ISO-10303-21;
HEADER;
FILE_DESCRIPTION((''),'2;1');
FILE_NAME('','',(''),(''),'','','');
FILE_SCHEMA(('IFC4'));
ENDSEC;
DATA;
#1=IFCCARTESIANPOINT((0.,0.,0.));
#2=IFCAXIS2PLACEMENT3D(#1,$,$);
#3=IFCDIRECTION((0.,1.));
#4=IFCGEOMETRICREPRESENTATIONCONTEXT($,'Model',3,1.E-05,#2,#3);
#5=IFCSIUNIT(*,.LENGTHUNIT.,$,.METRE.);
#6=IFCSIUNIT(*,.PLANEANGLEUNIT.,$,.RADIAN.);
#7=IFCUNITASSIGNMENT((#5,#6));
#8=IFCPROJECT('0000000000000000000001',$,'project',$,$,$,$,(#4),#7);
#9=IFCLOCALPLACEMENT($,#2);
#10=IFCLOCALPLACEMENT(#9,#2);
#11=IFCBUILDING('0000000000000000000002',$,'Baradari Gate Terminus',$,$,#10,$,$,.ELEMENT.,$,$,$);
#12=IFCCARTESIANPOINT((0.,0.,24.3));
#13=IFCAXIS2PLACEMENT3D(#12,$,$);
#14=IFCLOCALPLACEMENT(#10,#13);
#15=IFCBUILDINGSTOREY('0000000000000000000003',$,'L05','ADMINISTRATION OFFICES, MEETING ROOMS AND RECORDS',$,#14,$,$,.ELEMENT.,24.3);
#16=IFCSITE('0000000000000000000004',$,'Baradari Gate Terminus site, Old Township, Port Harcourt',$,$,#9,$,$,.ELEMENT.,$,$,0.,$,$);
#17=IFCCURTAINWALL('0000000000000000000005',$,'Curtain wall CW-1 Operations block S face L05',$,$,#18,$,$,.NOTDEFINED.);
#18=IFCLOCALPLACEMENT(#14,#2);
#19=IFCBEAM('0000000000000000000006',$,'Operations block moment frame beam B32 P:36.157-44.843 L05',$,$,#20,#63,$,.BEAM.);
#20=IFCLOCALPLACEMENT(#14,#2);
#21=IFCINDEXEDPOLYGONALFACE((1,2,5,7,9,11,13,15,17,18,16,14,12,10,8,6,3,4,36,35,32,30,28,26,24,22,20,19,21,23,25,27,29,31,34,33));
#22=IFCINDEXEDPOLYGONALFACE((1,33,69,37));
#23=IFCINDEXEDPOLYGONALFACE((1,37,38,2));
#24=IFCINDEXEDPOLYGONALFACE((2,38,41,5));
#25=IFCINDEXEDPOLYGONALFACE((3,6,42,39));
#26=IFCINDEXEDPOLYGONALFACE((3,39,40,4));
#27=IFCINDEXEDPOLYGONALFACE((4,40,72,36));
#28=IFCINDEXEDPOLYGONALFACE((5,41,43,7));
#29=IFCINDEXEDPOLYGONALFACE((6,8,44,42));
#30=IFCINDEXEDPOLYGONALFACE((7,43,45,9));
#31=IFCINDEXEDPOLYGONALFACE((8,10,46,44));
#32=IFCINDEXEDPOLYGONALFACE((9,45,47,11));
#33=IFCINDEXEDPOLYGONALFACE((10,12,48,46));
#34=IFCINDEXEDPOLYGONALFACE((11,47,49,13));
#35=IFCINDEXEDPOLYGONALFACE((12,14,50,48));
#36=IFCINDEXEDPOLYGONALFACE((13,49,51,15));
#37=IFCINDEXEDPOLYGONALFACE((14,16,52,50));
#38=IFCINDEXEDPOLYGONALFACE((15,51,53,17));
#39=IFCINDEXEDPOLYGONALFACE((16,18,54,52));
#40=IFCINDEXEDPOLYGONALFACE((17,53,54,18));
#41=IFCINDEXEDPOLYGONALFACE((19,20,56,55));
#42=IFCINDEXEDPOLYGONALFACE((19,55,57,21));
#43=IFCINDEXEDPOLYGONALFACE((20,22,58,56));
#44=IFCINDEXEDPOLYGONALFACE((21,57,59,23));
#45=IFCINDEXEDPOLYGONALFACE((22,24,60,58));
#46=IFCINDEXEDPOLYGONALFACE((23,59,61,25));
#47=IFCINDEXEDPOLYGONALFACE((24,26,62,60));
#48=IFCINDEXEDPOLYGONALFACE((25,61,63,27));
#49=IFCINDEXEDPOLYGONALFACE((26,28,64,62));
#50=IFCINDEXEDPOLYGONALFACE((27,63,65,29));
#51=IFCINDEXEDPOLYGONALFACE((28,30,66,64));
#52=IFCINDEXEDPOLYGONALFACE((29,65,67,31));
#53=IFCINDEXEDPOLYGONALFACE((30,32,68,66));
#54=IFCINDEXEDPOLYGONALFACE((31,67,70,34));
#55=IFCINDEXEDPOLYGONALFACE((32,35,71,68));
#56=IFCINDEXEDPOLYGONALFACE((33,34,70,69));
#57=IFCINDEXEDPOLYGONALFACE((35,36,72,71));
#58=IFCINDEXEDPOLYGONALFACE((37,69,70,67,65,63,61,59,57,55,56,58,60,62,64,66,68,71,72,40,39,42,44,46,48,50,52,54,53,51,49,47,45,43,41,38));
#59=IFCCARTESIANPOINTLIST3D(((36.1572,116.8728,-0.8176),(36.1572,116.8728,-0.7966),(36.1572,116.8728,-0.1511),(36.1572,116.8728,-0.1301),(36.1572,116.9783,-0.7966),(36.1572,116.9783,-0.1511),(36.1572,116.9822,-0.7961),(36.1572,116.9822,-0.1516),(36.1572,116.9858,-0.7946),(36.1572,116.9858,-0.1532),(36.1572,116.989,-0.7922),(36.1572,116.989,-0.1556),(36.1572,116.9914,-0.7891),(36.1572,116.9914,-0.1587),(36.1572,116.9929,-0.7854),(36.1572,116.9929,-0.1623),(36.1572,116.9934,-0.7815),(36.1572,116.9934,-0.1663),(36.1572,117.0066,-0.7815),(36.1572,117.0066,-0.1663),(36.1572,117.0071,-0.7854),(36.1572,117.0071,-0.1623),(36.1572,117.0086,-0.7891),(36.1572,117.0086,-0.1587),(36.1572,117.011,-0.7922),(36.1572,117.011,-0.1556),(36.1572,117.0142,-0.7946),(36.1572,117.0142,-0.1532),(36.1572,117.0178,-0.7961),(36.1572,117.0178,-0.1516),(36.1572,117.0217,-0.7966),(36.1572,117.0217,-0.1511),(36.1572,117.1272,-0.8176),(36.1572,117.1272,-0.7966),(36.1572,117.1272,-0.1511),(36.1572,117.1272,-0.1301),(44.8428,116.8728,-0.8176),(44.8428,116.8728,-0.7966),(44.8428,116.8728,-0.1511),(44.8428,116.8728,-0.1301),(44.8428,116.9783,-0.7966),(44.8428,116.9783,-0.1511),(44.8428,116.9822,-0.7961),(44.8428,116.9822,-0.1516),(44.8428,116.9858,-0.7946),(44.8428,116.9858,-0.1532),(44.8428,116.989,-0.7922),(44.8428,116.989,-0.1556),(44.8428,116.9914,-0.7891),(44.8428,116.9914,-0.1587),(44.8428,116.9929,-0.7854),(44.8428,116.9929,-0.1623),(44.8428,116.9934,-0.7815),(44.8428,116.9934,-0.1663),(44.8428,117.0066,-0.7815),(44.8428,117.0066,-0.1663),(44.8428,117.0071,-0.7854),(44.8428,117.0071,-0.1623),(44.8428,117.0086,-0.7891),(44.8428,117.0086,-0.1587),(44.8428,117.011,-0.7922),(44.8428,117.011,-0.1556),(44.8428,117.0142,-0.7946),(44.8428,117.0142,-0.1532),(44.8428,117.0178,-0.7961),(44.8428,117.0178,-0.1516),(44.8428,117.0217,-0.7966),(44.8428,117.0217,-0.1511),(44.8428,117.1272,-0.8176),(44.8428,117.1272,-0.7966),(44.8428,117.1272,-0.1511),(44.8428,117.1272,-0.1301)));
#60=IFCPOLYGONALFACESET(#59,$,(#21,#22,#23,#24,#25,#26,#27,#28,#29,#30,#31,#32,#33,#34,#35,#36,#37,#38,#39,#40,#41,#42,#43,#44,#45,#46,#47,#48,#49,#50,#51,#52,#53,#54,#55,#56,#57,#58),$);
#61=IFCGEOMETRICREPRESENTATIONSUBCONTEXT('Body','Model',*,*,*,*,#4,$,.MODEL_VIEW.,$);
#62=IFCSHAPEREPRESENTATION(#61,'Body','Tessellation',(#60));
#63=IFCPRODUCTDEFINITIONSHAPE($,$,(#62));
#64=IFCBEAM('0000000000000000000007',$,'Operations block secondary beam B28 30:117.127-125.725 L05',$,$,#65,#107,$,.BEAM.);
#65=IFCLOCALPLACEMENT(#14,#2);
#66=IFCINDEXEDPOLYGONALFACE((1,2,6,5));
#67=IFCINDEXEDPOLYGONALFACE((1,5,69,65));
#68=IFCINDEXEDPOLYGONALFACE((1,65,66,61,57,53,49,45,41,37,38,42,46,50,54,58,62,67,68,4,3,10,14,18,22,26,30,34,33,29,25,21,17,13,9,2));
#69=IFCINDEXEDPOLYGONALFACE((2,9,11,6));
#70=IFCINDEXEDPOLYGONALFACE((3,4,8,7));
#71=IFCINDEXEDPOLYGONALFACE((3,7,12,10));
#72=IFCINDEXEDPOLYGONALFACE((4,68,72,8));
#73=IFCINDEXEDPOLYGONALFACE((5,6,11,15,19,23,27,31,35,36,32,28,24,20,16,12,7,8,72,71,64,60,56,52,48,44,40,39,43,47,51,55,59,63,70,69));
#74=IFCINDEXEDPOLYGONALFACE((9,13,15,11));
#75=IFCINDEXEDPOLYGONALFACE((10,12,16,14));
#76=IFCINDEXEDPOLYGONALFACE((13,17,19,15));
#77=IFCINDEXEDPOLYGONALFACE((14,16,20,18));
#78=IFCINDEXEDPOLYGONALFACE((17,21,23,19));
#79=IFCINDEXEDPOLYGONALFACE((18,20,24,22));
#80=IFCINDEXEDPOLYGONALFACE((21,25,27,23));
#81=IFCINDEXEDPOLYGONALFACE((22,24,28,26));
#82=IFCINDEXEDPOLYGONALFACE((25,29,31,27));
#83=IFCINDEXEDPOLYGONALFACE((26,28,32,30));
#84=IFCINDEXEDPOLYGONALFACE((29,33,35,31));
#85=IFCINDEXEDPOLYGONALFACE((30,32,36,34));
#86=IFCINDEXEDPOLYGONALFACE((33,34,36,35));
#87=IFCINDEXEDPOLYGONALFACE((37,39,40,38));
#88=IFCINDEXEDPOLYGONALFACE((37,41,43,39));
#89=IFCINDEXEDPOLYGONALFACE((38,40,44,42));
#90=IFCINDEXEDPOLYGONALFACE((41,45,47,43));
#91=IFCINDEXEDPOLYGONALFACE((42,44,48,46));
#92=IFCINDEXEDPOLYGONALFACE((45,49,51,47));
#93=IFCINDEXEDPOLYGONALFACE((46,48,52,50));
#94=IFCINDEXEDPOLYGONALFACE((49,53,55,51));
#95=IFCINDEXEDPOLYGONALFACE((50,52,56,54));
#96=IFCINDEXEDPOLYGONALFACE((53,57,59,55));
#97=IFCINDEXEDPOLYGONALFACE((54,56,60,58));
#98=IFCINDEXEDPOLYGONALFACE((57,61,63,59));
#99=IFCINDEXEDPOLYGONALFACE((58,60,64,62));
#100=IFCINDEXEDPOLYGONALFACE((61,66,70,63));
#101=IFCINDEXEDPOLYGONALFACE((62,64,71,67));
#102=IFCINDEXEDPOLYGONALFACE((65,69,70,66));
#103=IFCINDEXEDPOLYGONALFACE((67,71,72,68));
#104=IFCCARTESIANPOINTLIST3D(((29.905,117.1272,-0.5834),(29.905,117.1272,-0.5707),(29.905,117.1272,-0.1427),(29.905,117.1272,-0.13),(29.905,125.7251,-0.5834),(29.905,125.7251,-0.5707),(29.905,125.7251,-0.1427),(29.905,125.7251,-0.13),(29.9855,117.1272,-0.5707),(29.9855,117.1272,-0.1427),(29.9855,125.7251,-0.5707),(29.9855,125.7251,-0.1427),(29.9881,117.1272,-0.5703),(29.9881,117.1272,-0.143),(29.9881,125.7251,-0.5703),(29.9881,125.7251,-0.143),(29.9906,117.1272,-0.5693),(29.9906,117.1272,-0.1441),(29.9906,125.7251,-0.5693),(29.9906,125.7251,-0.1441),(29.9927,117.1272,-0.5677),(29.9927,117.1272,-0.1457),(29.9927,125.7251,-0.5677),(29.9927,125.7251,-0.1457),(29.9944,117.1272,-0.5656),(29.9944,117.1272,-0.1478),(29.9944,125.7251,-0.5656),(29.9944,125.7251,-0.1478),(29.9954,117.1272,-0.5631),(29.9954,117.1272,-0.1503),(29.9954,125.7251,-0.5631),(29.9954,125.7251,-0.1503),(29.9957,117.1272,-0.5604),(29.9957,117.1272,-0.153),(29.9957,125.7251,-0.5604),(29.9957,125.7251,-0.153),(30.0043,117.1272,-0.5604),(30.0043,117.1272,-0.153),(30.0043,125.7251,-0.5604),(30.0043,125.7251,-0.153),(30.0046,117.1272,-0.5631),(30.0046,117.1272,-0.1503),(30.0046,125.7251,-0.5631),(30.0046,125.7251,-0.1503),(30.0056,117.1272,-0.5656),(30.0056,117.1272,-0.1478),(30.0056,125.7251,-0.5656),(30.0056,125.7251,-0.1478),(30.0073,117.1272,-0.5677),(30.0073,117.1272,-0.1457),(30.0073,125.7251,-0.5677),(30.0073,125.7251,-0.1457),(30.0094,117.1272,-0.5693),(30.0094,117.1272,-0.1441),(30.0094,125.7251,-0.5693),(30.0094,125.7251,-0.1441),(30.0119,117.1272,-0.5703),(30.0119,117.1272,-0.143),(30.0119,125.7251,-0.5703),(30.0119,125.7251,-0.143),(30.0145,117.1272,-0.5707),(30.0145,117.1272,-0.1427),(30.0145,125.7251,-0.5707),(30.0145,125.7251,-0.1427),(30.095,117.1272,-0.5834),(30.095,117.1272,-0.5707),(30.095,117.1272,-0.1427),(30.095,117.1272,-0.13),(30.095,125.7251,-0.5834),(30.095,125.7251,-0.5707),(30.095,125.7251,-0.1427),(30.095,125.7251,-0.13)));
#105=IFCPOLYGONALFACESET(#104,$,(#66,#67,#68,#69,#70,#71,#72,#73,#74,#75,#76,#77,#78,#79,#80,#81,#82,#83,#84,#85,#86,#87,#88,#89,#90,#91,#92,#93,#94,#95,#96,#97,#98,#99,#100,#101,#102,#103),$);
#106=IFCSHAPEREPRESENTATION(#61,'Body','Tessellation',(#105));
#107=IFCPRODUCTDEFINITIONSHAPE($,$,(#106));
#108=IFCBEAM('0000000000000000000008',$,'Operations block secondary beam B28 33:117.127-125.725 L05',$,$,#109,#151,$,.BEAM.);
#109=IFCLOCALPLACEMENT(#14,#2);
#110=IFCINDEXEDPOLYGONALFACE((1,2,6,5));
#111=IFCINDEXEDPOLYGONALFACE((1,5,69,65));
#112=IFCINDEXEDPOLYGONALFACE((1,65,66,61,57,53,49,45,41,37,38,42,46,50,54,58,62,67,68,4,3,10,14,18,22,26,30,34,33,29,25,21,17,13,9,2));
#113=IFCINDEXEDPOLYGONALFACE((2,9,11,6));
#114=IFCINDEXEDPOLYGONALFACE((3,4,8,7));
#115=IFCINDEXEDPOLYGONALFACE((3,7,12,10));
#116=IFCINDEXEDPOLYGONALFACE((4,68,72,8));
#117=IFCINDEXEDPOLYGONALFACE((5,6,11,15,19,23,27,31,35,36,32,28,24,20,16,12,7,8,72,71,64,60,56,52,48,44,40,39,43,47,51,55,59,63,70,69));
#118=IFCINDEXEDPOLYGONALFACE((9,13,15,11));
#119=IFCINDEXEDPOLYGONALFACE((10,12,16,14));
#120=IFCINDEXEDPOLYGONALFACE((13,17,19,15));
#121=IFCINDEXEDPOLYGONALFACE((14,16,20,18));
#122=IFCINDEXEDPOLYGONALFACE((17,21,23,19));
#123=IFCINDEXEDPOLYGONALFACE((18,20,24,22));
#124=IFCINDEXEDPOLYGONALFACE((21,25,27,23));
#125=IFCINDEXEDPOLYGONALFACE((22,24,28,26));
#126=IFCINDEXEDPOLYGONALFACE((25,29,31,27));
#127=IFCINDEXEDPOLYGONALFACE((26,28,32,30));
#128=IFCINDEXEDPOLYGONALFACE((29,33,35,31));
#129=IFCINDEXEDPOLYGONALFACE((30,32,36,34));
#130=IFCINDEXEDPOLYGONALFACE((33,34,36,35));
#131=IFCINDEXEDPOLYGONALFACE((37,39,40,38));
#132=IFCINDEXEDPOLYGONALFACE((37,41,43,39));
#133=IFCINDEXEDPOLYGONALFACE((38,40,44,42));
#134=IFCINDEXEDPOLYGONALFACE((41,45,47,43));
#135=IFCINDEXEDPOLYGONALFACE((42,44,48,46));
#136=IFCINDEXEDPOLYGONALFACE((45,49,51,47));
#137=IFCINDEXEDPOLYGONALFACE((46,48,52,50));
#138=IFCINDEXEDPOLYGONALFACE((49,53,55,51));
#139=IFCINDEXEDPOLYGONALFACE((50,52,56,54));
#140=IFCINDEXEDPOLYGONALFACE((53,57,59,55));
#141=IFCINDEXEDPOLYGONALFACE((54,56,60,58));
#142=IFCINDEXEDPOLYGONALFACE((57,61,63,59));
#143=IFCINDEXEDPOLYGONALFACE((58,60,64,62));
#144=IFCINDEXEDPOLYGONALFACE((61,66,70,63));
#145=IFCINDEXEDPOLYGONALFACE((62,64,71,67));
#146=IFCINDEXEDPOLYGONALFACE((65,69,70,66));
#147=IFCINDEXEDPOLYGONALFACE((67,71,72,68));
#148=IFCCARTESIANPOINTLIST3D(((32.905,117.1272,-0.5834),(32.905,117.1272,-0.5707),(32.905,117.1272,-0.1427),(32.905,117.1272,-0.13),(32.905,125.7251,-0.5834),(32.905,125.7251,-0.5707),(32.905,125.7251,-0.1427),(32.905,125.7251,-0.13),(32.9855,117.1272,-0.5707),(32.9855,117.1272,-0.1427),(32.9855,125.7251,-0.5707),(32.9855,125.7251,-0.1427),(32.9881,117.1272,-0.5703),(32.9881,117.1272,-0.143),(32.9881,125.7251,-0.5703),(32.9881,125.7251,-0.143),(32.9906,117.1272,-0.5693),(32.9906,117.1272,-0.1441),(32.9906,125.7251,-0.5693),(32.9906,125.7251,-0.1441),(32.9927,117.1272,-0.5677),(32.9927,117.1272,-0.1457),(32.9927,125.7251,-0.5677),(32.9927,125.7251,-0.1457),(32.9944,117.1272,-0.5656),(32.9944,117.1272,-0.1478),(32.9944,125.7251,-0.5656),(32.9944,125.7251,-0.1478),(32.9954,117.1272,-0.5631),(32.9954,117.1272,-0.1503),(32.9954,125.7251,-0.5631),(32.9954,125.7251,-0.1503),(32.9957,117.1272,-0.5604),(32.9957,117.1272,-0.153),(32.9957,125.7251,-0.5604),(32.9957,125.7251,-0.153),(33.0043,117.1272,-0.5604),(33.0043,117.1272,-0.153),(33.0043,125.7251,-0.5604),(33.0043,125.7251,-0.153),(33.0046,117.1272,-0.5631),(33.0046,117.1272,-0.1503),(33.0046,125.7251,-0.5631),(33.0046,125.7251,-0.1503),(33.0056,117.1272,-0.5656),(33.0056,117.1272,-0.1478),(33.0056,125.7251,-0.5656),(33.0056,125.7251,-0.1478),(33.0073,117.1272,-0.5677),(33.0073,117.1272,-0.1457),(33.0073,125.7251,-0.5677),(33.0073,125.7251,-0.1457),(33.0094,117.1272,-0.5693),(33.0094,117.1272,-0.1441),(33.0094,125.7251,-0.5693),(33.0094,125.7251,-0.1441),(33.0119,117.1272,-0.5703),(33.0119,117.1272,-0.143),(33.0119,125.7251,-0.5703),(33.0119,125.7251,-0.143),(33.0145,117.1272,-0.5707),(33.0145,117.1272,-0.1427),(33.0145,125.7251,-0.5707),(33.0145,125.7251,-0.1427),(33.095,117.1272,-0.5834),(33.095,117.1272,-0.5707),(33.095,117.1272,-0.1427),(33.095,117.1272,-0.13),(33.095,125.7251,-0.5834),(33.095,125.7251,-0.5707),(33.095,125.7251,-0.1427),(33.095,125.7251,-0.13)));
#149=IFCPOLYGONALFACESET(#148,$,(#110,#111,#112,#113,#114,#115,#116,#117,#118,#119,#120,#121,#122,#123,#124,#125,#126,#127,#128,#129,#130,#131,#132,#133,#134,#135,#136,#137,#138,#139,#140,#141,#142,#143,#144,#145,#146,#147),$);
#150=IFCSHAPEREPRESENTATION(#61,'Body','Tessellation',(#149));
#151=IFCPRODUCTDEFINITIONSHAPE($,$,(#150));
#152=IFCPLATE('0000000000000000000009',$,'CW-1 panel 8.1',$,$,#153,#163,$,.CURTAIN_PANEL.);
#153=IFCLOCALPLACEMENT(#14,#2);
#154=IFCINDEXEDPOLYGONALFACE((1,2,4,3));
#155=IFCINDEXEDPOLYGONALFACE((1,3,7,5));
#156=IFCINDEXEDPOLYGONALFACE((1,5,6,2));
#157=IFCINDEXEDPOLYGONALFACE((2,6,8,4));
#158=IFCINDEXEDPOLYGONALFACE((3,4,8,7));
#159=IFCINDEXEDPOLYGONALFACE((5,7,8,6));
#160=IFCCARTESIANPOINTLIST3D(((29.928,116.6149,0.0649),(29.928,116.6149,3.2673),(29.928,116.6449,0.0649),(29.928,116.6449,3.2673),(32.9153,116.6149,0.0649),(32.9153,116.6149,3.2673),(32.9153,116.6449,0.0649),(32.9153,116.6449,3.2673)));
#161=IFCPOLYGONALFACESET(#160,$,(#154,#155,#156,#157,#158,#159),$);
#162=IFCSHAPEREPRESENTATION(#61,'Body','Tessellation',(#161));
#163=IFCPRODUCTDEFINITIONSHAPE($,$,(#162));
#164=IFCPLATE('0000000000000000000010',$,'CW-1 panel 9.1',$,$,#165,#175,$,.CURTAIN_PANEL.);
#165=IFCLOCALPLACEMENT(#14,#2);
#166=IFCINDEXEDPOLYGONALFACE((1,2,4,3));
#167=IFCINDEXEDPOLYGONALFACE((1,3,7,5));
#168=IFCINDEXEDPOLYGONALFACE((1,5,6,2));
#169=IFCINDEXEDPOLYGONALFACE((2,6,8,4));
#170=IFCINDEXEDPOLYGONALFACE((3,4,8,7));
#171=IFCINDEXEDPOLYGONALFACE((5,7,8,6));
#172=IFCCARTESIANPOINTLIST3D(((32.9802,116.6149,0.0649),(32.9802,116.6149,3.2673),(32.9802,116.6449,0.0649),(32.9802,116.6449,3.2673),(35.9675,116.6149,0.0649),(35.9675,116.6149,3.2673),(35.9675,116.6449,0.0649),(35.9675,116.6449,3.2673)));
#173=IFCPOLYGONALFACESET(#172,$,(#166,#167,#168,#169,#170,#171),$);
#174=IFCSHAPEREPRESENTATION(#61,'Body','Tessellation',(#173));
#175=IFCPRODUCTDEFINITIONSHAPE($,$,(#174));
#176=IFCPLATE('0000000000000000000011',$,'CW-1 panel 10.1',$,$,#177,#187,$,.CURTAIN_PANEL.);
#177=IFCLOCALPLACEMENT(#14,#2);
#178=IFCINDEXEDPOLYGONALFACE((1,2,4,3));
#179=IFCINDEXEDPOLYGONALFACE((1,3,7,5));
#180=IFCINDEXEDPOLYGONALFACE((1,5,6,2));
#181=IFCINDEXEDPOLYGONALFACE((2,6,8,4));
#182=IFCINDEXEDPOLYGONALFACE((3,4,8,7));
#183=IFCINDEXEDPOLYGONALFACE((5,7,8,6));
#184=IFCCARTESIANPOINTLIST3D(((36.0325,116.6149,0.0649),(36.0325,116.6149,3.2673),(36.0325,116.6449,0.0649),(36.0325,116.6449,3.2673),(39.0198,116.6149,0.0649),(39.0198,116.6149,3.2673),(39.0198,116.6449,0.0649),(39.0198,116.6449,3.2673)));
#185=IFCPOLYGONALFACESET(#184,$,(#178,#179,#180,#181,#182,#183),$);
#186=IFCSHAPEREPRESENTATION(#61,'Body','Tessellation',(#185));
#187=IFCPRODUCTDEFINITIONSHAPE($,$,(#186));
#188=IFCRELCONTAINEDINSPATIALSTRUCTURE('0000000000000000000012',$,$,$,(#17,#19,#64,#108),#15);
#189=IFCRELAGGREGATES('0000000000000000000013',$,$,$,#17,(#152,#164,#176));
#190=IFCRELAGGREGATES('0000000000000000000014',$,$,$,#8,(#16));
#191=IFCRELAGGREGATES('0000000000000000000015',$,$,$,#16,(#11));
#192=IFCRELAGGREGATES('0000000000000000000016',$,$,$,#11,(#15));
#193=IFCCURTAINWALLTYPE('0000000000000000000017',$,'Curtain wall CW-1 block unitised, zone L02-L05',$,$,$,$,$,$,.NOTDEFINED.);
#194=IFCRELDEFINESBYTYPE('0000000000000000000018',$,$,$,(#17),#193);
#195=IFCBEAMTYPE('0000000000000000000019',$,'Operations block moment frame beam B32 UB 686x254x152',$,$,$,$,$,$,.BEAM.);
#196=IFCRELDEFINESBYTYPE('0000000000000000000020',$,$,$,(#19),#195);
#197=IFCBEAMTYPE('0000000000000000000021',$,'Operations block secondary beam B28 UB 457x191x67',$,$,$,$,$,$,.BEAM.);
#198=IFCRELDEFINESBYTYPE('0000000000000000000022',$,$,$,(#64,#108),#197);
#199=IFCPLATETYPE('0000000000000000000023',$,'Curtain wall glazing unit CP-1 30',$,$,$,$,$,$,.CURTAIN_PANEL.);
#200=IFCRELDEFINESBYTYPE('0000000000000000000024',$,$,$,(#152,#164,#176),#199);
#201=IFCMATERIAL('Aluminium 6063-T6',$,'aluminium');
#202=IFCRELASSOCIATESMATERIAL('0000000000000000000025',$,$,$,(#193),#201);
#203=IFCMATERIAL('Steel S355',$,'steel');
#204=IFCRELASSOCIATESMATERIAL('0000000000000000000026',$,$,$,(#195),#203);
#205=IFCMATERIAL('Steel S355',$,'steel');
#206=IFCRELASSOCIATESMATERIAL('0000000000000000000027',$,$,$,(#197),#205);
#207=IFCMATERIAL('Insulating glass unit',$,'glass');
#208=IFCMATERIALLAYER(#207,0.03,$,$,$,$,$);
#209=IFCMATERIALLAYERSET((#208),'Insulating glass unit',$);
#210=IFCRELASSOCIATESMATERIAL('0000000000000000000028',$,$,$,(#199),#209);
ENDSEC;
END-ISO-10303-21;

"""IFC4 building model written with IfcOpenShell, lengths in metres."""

from ifc_helpers import new_model, si_unit, direction, frame, origin, origin_2d, place, context, subcontext, project, spatial, rectangle, i_section, extrude, material, layer, layer_set, material_profile, profile_set, type_object, element, aggregate, save


model = new_model("IFC4")

# Units and contexts
model_context = context("Model", 3, precision=1e-05, world=origin(), true_north=direction((0.0, 1.0)))
body_context = subcontext(model_context, "Body", "Model", "MODEL_VIEW")
ifc_project = project(units=[si_unit("LENGTHUNIT", "METRE"), si_unit("PLANEANGLEUNIT", "RADIAN")], contexts=[model_context])

# Site, building, storey
site_placement = place(None, origin())
site = spatial("IfcSite", under=ifc_project, at=site_placement, Name="Baradari Gate Terminus site, Old Township, Port Harcourt", CompositionType="ELEMENT", RefElevation=0.0)
building_placement = place(site_placement, origin())
building = spatial("IfcBuilding", under=site, at=building_placement, Name="Baradari Gate Terminus", CompositionType="ELEMENT")
storey_placement = place(building_placement, frame((0.0, 0.0, 24.3)))
storey = spatial("IfcBuildingStorey", under=building, at=storey_placement, Name="L05", Description="ADMINISTRATION OFFICES, MEETING ROOMS AND RECORDS", CompositionType="ELEMENT", Elevation=24.3)

# Curtain wall
ifc_material_1 = material(Name="Aluminium 6063-T6", Category="aluminium")
curtain_wall_type = type_object("IfcCurtainWallType", Name="Curtain wall CW-1 block unitised, zone L02-L05", PredefinedType="NOTDEFINED", material=ifc_material_1)
curtain_wall_placement = place(storey_placement, origin())
curtain_wall = element("IfcCurtainWall", 1, at=curtain_wall_placement, inside=storey, type_object=curtain_wall_type, Name="Curtain wall CW-1 Operations block S face L05", PredefinedType="NOTDEFINED")

# Beams
ifc_material_2 = material(Name="Steel S355", Category="steel")
ifc_material_profile_1 = material_profile(ifc_material_2, i_section(OverallWidth=0.2544, OverallDepth=0.6875, WebThickness=0.0132, FlangeThickness=0.021, FilletRadius=0.0151, at=origin_2d()), Name="UB 686x254x152")
ifc_profile_set_1 = profile_set([ifc_material_profile_1], Name="Steel S355")
beam_type_1 = type_object("IfcBeamType", Name="Operations block moment frame beam B32 UB 686x254x152", PredefinedType="BEAM", material=ifc_profile_set_1)
beam_1_placement = place(storey_placement, frame((36.1572, 117.0, -0.4739), z_axis=(1.0, 0.0, 0.0), x_axis=(0.0, 1.0, 0.0)))
element("IfcBeam", 2, at=beam_1_placement, inside=storey, type_object=beam_type_1, Name="Operations block moment frame beam B32 P:36.157-44.843 L05", PredefinedType="BEAM", context=body_context, shape_type="SweptSolid", body=[
    extrude(i_section(OverallWidth=0.2544, OverallDepth=0.6875, WebThickness=0.0132, FlangeThickness=0.021, FilletRadius=0.0151, at=origin_2d()), origin(), (0.0, 0.0, 1.0), 8.6855),
])
ifc_material_3 = material(Name="Steel S355", Category="steel")
ifc_material_profile_2 = material_profile(ifc_material_3, i_section(OverallWidth=0.1899, OverallDepth=0.4534, WebThickness=0.0085, FlangeThickness=0.0127, FilletRadius=0.0103, at=origin_2d()), Name="UB 457x191x67")
ifc_profile_set_2 = profile_set([ifc_material_profile_2], Name="Steel S355")
beam_type_2 = type_object("IfcBeamType", Name="Operations block secondary beam B28 UB 457x191x67", PredefinedType="BEAM", material=ifc_profile_set_2)
for number, where, z_axis, x_axis, name in (
    (3, (30.0, 117.1272, -0.3567), (0.0, 1.0, 0.0), (-1.0, 0.0, 0.0), "Operations block secondary beam B28 30:117.127-125.725 L05"),
    (4, (33.0, 117.1272, -0.3567), (0.0, 1.0, 0.0), (-1.0, 0.0, 0.0), "Operations block secondary beam B28 33:117.127-125.725 L05"),
):
    element("IfcBeam", number, at=place(storey_placement, frame(where, z_axis=z_axis, x_axis=x_axis)), inside=storey, type_object=beam_type_2, Name=name, PredefinedType="BEAM", context=body_context, shape_type="SweptSolid", body=[
        extrude(i_section(OverallWidth=0.1899, OverallDepth=0.4534, WebThickness=0.0085, FlangeThickness=0.0127, FilletRadius=0.0103, at=origin_2d()), origin(), (0.0, 0.0, 1.0), 8.5979),
    ])

# Plates
ifc_material_4 = material(Name="Insulating glass unit", Category="glass")
ifc_layer_1 = layer(ifc_material_4, 0.03)
ifc_layer_set_1 = layer_set([ifc_layer_1], Name="Insulating glass unit")
plate_type_1 = type_object("IfcPlateType", Name="Curtain wall glazing unit CP-1 30", PredefinedType="CURTAIN_PANEL", material=ifc_layer_set_1)
plate_1_placement = place(storey_placement, frame((31.4216, 116.6299, 0.0649), z_axis=(0.0, 0.0, 1.0), x_axis=(1.0, 0.0, 0.0)))
plate_1 = element("IfcPlate", 5, at=plate_1_placement, type_object=plate_type_1, Name="CW-1 panel 8.1", PredefinedType="CURTAIN_PANEL", context=body_context, shape_type="SweptSolid", body=[
    extrude(rectangle(XDim=2.9873, YDim=0.03, at=origin_2d()), origin(), (0.0, 0.0, 1.0), 3.2024),
])
plate_2_placement = place(storey_placement, frame((34.4739, 116.6299, 0.0649), z_axis=(0.0, 0.0, 1.0), x_axis=(1.0, 0.0, 0.0)))
plate_2 = element("IfcPlate", 6, at=plate_2_placement, type_object=plate_type_1, Name="CW-1 panel 9.1", PredefinedType="CURTAIN_PANEL", context=body_context, shape_type="SweptSolid", body=[
    extrude(rectangle(XDim=2.9873, YDim=0.03, at=origin_2d()), origin(), (0.0, 0.0, 1.0), 3.2024),
])
plate_3_placement = place(storey_placement, frame((37.5261, 116.6299, 0.0649), z_axis=(0.0, 0.0, 1.0), x_axis=(1.0, 0.0, 0.0)))
plate_3 = element("IfcPlate", 7, at=plate_3_placement, type_object=plate_type_1, Name="CW-1 panel 10.1", PredefinedType="CURTAIN_PANEL", context=body_context, shape_type="SweptSolid", body=[
    extrude(rectangle(XDim=2.9873, YDim=0.03, at=origin_2d()), origin(), (0.0, 0.0, 1.0), 3.2024),
])
aggregate(curtain_wall, [plate_1, plate_2, plate_3])

save(model, "model.ifc")
